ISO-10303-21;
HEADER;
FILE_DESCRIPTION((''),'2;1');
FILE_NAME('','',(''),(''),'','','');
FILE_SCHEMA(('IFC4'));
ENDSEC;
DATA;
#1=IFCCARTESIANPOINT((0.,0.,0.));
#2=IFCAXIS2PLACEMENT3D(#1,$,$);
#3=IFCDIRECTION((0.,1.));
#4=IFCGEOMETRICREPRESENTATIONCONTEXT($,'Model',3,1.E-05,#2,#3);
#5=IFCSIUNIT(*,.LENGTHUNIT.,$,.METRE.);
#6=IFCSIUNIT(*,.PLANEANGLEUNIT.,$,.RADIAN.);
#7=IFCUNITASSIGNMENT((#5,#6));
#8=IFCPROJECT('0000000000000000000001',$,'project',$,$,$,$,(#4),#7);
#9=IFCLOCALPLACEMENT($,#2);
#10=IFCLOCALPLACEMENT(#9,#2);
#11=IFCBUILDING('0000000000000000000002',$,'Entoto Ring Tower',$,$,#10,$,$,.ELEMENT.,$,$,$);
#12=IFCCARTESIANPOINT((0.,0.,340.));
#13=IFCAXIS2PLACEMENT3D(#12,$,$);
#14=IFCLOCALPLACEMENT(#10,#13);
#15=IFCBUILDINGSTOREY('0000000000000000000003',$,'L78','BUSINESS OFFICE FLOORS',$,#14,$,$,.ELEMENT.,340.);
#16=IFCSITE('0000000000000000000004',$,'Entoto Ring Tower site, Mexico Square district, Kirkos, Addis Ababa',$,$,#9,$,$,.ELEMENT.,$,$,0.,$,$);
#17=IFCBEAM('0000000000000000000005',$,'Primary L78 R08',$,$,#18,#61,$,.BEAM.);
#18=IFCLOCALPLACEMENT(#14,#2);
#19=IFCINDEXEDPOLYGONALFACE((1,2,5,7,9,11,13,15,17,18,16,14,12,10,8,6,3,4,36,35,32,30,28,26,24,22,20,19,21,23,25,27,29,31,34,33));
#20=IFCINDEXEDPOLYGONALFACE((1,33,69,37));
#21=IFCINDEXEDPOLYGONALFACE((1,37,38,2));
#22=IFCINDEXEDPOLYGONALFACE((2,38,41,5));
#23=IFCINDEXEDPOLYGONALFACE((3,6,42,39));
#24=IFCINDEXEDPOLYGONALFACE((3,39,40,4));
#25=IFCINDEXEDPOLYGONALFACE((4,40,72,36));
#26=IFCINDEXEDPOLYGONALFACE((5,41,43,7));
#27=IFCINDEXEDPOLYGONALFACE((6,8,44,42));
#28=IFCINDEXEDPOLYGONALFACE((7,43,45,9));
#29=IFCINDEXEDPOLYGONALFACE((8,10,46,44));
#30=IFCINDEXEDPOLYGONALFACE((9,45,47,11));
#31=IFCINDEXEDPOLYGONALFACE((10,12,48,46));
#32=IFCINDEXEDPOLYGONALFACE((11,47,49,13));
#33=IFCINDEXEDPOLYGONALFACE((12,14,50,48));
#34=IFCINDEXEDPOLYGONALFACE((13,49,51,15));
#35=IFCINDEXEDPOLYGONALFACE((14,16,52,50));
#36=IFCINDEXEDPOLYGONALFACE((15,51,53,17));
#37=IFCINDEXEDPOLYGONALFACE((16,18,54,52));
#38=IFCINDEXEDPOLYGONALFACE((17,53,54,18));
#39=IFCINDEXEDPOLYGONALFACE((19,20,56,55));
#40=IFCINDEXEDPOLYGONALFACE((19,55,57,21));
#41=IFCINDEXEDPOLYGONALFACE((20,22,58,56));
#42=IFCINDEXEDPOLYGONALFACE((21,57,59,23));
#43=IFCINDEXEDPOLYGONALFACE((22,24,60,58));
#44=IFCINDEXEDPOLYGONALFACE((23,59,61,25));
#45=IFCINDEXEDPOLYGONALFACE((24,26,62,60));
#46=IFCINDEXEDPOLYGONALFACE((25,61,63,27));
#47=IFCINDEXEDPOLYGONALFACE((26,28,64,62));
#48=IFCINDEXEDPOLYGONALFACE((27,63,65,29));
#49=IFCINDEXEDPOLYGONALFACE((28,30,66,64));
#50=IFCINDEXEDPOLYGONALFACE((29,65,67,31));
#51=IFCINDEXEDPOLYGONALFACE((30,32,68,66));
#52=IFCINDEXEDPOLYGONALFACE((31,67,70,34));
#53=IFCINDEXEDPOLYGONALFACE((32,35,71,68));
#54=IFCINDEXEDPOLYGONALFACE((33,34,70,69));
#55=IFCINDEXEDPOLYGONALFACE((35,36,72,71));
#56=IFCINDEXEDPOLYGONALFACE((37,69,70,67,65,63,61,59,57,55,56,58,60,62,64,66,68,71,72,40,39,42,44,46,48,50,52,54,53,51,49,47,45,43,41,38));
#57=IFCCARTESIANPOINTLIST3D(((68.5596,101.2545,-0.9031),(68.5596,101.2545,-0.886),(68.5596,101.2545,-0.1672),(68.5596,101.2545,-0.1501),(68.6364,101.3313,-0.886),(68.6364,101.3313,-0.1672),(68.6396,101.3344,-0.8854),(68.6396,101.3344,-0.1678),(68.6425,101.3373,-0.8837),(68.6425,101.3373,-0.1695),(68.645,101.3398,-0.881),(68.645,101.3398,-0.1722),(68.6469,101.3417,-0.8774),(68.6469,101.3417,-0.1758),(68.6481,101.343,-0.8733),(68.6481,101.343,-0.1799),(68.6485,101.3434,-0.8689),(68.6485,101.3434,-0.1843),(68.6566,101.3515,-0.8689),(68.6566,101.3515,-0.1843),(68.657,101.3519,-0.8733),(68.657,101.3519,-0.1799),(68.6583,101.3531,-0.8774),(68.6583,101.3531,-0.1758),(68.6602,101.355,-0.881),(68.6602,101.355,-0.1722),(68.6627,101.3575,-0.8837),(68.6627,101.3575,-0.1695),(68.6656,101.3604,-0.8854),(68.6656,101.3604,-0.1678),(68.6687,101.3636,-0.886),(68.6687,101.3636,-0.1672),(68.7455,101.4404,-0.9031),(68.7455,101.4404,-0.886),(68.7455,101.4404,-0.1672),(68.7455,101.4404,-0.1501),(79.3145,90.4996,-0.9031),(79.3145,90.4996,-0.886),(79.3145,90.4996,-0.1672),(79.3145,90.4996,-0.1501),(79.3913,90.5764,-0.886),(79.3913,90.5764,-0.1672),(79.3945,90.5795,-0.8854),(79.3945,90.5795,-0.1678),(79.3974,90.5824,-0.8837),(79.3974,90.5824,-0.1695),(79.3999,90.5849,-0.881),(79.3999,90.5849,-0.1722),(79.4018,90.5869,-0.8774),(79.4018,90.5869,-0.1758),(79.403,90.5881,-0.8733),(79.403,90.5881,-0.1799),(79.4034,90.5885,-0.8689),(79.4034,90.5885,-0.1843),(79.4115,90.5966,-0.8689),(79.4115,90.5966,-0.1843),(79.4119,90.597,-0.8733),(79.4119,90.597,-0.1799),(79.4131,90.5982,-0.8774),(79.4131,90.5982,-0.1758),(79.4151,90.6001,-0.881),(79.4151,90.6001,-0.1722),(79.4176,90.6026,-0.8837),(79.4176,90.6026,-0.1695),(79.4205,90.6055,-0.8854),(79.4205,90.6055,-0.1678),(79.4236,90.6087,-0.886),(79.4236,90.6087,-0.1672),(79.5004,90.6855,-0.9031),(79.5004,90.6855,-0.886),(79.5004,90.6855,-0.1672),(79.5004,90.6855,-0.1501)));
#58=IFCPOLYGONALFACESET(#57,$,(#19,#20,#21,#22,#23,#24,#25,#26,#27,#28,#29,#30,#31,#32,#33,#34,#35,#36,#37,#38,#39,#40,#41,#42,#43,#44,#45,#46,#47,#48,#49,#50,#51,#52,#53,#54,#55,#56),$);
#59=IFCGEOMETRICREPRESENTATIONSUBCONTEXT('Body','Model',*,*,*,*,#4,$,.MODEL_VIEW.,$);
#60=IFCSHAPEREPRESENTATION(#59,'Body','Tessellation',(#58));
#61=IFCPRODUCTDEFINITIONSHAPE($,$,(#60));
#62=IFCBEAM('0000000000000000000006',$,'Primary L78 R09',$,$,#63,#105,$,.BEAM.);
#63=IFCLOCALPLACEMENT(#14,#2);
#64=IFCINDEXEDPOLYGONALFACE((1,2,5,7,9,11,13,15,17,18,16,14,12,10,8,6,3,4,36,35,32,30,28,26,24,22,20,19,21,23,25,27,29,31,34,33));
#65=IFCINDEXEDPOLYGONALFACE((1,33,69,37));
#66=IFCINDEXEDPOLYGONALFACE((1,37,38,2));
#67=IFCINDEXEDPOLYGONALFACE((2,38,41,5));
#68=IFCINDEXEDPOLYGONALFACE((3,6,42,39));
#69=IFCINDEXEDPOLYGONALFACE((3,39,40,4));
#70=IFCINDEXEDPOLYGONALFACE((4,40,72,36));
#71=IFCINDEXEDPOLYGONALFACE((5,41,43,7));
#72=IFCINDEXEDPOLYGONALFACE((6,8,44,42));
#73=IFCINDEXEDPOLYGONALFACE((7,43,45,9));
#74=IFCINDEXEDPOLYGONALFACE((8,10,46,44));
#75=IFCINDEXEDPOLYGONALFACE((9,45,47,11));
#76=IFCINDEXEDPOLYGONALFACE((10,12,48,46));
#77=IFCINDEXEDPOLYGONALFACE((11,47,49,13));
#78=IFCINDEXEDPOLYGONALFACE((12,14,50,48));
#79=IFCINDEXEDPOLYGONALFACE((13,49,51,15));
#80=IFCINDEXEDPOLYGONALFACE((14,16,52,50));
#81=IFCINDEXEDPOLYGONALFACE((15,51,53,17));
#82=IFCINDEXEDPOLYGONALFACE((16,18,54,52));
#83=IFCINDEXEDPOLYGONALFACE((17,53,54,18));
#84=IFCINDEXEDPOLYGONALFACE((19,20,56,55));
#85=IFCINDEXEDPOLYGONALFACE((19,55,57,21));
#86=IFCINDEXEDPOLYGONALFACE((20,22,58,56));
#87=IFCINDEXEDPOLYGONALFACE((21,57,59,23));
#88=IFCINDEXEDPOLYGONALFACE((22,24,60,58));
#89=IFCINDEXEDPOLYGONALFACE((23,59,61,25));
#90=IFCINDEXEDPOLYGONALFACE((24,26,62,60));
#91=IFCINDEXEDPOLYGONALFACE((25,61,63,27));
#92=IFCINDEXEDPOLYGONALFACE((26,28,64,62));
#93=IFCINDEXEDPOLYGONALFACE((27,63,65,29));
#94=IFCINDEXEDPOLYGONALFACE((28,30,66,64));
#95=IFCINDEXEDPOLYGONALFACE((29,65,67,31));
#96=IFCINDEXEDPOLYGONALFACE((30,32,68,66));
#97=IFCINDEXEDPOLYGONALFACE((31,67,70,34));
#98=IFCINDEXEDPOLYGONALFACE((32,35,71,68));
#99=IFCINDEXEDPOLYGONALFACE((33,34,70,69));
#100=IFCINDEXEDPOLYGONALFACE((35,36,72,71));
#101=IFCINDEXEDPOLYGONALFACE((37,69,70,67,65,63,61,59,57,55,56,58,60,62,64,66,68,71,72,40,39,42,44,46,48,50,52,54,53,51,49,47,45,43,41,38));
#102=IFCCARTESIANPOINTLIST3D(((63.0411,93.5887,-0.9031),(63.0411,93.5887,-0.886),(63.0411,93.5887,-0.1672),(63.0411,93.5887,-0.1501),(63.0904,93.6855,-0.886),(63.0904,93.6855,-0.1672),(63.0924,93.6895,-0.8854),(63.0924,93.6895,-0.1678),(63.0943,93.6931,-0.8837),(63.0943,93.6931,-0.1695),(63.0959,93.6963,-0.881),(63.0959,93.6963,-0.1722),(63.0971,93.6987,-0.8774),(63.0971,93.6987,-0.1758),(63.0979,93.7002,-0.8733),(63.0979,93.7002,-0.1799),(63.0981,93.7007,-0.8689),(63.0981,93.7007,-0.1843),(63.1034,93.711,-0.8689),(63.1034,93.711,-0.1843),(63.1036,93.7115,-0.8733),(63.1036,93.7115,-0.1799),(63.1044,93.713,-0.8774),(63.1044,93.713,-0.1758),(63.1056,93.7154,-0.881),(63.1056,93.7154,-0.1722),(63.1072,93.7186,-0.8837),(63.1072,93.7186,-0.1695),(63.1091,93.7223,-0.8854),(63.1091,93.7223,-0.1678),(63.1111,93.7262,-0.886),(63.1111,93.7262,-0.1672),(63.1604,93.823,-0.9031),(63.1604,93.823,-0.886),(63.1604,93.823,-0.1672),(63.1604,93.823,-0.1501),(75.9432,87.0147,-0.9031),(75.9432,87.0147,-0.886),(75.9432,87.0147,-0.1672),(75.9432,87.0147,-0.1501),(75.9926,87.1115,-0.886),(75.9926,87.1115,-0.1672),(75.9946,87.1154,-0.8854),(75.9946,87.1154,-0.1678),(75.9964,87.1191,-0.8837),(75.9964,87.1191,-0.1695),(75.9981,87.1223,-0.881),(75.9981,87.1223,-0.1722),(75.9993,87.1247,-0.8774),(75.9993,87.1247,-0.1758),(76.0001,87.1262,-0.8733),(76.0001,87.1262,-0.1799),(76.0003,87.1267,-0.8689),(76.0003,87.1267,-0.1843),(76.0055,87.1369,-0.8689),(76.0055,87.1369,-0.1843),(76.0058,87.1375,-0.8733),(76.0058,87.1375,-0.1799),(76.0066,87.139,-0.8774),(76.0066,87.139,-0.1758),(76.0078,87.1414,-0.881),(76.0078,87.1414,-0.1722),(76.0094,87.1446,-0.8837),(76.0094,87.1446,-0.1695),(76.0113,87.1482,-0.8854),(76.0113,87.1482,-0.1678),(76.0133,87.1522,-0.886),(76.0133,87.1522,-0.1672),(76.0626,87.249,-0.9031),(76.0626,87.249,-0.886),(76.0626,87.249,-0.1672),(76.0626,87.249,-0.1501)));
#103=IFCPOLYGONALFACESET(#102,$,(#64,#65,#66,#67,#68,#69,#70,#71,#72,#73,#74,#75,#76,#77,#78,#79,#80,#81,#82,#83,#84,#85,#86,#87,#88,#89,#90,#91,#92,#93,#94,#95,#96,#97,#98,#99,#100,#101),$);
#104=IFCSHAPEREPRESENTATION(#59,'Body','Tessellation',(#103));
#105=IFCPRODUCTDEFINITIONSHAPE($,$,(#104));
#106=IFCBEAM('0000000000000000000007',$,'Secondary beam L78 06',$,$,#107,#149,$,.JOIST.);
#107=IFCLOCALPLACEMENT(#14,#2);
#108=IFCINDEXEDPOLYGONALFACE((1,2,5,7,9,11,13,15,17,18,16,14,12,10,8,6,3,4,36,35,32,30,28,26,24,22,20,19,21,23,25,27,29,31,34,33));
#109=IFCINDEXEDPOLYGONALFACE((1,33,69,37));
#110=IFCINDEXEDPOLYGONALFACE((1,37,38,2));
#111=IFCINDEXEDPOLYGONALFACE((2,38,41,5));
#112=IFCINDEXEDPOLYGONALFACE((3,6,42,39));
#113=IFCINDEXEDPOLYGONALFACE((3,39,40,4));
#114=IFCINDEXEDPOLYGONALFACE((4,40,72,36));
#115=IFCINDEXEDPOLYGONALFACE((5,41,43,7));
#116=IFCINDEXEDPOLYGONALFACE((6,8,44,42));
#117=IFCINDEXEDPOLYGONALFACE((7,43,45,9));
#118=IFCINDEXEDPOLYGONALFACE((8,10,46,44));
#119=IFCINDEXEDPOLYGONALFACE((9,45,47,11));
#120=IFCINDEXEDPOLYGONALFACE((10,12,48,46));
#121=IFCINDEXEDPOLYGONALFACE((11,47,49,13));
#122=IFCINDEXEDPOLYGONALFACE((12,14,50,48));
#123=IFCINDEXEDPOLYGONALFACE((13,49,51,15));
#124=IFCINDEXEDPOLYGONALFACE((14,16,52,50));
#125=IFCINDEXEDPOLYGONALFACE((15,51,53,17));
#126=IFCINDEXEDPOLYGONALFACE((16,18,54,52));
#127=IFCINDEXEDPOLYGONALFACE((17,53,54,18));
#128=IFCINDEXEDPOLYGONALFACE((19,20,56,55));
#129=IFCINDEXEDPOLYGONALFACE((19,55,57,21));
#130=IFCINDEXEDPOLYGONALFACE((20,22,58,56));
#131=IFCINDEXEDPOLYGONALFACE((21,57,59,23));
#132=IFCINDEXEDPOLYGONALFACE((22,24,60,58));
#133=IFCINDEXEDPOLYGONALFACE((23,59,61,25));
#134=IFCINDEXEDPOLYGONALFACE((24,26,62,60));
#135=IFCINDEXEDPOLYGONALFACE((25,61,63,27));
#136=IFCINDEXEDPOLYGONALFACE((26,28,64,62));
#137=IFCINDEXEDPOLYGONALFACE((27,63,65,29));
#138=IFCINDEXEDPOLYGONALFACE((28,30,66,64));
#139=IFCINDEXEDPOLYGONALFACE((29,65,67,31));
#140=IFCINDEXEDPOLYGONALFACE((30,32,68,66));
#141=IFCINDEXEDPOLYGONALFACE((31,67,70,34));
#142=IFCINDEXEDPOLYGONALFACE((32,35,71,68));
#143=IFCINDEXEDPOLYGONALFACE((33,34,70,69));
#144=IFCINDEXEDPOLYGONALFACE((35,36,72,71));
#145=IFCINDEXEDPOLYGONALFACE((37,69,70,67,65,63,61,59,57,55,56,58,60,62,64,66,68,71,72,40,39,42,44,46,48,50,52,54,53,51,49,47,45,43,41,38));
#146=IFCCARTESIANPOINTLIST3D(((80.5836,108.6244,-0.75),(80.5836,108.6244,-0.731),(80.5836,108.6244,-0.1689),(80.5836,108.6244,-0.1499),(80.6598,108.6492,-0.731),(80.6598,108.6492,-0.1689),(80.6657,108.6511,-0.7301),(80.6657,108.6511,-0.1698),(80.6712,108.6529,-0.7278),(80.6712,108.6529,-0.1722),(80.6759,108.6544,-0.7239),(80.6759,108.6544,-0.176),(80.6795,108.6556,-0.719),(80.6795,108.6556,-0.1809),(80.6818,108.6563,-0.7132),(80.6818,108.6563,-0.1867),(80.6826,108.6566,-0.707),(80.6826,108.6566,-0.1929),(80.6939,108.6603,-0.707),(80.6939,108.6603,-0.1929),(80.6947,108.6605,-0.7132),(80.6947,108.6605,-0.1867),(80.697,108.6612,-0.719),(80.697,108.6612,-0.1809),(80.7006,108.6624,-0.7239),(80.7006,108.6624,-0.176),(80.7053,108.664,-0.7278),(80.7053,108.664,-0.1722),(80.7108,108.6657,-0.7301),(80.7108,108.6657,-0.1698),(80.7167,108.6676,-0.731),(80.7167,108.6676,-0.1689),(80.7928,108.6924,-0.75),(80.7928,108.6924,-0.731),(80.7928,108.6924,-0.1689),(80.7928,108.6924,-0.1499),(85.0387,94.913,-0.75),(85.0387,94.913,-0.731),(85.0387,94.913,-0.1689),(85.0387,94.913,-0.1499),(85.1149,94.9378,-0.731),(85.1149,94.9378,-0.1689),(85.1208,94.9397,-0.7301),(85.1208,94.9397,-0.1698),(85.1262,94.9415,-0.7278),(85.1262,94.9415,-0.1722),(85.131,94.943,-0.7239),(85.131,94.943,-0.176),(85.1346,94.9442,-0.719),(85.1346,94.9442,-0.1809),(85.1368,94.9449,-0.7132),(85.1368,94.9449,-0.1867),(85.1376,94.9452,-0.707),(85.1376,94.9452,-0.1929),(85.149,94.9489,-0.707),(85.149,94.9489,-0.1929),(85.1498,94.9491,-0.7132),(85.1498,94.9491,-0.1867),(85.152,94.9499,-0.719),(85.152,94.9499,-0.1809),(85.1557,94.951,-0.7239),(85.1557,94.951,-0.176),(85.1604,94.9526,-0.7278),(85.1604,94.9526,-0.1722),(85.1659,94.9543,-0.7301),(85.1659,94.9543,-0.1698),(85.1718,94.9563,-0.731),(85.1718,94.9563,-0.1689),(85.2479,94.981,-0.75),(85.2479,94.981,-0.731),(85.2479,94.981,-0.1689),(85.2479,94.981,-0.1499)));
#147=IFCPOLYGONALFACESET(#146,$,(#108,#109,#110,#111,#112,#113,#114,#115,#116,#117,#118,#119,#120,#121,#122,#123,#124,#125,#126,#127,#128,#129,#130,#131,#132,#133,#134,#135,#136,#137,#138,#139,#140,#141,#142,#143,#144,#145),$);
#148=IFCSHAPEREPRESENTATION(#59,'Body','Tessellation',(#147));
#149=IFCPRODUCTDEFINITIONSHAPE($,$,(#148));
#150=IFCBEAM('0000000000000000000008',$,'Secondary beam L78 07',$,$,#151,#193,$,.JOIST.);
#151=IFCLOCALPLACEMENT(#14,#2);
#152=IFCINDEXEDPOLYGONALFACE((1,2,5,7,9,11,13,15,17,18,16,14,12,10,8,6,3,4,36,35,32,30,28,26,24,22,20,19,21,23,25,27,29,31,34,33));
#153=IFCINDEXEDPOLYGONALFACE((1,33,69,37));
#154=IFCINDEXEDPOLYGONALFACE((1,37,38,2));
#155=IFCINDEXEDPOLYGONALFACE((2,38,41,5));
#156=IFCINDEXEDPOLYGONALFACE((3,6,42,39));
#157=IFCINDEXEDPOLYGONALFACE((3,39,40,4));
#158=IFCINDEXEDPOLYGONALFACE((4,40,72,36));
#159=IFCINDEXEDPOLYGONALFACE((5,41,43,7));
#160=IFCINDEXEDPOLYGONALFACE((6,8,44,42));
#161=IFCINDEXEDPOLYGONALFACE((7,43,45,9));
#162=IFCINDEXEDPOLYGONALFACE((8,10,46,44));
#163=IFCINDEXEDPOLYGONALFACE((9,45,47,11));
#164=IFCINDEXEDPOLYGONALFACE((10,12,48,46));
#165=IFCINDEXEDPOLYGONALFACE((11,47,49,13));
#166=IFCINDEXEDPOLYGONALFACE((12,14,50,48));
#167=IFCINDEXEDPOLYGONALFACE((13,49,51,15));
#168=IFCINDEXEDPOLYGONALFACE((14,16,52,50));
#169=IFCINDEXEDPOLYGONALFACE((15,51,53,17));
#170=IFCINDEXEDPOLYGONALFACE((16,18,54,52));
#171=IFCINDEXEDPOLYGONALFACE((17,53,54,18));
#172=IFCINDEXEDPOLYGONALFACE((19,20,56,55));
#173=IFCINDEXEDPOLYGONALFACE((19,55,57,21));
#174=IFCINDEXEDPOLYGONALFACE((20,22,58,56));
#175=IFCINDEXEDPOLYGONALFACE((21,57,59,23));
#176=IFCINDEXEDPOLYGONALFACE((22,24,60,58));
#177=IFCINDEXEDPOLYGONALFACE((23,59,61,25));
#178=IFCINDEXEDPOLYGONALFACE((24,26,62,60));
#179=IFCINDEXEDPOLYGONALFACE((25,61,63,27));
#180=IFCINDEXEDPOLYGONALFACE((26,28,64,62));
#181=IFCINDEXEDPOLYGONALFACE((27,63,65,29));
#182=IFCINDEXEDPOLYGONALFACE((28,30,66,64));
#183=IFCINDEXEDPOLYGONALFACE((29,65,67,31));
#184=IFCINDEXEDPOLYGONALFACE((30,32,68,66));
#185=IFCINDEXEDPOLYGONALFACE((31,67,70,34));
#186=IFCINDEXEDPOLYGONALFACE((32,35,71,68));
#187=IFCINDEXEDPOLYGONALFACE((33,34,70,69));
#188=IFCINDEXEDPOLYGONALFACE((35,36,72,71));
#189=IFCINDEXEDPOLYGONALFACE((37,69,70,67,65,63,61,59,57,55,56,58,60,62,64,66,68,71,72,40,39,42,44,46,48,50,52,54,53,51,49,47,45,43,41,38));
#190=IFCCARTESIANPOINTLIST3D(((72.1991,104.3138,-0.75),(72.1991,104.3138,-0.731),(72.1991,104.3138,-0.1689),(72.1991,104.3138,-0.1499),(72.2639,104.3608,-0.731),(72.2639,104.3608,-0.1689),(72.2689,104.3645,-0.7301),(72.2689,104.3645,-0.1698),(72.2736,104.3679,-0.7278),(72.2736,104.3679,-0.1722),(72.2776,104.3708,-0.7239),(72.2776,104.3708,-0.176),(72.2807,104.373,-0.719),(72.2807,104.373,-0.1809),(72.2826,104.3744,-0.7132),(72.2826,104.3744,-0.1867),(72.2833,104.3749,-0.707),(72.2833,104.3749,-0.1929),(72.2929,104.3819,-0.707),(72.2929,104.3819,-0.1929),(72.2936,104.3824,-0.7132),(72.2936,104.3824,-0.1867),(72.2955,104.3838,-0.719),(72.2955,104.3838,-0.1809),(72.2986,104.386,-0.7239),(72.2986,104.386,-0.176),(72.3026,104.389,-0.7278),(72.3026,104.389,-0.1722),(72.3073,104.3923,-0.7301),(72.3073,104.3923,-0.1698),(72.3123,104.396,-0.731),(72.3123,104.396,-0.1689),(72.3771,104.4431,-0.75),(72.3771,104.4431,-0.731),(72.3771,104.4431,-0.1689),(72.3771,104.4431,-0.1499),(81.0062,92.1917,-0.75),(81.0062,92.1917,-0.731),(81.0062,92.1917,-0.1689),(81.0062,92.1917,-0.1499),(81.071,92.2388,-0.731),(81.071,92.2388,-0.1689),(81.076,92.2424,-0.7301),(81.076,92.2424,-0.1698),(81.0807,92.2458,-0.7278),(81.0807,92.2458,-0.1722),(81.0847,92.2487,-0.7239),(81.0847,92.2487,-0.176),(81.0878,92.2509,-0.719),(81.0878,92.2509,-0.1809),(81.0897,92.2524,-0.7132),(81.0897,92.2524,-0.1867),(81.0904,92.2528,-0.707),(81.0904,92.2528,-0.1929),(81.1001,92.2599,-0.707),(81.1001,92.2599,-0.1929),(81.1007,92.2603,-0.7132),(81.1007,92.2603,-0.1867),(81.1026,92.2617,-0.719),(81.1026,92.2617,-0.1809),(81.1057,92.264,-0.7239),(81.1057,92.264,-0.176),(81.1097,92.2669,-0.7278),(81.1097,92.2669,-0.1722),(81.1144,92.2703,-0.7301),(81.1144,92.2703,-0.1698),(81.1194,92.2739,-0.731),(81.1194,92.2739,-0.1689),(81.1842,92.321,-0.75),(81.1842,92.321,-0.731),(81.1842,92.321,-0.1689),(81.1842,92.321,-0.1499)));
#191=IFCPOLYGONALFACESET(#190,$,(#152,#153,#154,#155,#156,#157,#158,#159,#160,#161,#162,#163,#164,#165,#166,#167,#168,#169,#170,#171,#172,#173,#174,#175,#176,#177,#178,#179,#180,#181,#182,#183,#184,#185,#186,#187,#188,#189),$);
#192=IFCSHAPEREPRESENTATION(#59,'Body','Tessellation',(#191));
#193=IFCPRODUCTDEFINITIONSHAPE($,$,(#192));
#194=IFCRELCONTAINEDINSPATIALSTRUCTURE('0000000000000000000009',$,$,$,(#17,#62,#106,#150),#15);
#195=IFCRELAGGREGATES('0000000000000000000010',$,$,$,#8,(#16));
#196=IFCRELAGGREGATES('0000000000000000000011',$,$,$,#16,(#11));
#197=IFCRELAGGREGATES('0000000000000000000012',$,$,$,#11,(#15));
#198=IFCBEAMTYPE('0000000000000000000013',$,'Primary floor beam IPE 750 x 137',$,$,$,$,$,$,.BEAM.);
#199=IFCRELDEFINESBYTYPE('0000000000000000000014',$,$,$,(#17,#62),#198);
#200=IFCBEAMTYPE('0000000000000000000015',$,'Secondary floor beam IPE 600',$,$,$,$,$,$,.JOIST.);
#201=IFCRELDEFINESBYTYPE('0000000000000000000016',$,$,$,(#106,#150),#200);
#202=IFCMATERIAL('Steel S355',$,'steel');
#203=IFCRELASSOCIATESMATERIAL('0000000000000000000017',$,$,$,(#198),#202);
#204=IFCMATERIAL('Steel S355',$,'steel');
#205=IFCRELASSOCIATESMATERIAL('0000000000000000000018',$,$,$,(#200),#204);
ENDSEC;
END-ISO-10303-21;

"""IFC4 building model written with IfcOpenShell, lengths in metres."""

from ifc_helpers import new_model, si_unit, direction, frame, origin, origin_2d, place, context, subcontext, project, spatial, i_section, extrude, material, material_profile, profile_set, type_object, element, save


model = new_model("IFC4")

# Units and contexts
model_context = context("Model", 3, precision=1e-05, world=origin(), true_north=direction((0.0, 1.0)))
body_context = subcontext(model_context, "Body", "Model", "MODEL_VIEW")
ifc_project = project(units=[si_unit("LENGTHUNIT", "METRE"), si_unit("PLANEANGLEUNIT", "RADIAN")], contexts=[model_context])

# Site, building, storey
site_placement = place(None, origin())
site = spatial("IfcSite", under=ifc_project, at=site_placement, Name="Entoto Ring Tower site, Mexico Square district, Kirkos, Addis Ababa", CompositionType="ELEMENT", RefElevation=0.0)
building_placement = place(site_placement, origin())
building = spatial("IfcBuilding", under=site, at=building_placement, Name="Entoto Ring Tower", CompositionType="ELEMENT")
storey_placement = place(building_placement, frame((0.0, 0.0, 340.0)))
storey = spatial("IfcBuildingStorey", under=building, at=storey_placement, Name="L78", Description="BUSINESS OFFICE FLOORS", CompositionType="ELEMENT", Elevation=340.0)

# Beams
ifc_material_1 = material(Name="Steel S355", Category="steel")
ifc_material_profile_1 = material_profile(ifc_material_1, i_section(OverallWidth=0.2629, OverallDepth=0.7529, WebThickness=0.0115, FlangeThickness=0.0171, FilletRadius=0.0171, at=origin_2d()), Name="IPE 750 x 137")
ifc_profile_set_1 = profile_set([ifc_material_profile_1], Name="Steel S355")
beam_type_1 = type_object("IfcBeamType", Name="Primary floor beam IPE 750 x 137", PredefinedType="BEAM", material=ifc_profile_set_1)
beam_1_placement = place(storey_placement, frame((79.4075, 90.5925, -0.5266), z_axis=(-0.707107, 0.707107, 0.0), x_axis=(-0.707107, -0.707107, 0.0)))
element("IfcBeam", 1, at=beam_1_placement, inside=storey, type_object=beam_type_1, Name="Primary L78 R08", PredefinedType="BEAM", context=body_context, shape_type="SweptSolid", body=[
    extrude(i_section(OverallWidth=0.2629, OverallDepth=0.7529, WebThickness=0.0115, FlangeThickness=0.0171, FilletRadius=0.0171, at=origin_2d()), origin(), (0.0, 0.0, 1.0), 15.2097),
])
beam_2_placement = place(storey_placement, frame((76.0029, 87.1318, -0.5266), z_axis=(-0.891006, 0.453992, 0.0), x_axis=(-0.453992, -0.891006, 0.0)))
element("IfcBeam", 2, at=beam_2_placement, inside=storey, type_object=beam_type_1, Name="Primary L78 R09", PredefinedType="BEAM", context=body_context, shape_type="SweptSolid", body=[
    extrude(i_section(OverallWidth=0.2629, OverallDepth=0.7529, WebThickness=0.0115, FlangeThickness=0.0171, FilletRadius=0.0171, at=origin_2d()), origin(), (0.0, 0.0, 1.0), 14.4805),
])
ifc_material_2 = material(Name="Steel S355", Category="steel")
ifc_material_profile_2 = material_profile(ifc_material_2, i_section(OverallWidth=0.22, OverallDepth=0.6001, WebThickness=0.012, FlangeThickness=0.019, FilletRadius=0.0239, at=origin_2d()), Name="IPE 600")
ifc_profile_set_2 = profile_set([ifc_material_profile_2], Name="Steel S355")
beam_type_2 = type_object("IfcBeamType", Name="Secondary floor beam IPE 600", PredefinedType="JOIST", material=ifc_profile_set_2)
beam_3_placement = place(storey_placement, frame((85.1433, 94.947, -0.45), z_axis=(-0.309015, 0.951057, 0.0), x_axis=(-0.951057, -0.309015, 0.0)))
element("IfcBeam", 3, at=beam_3_placement, inside=storey, type_object=beam_type_2, Name="Secondary beam L78 06", PredefinedType="JOIST", context=body_context, shape_type="SweptSolid", body=[
    extrude(i_section(OverallWidth=0.22, OverallDepth=0.6001, WebThickness=0.012, FlangeThickness=0.019, FilletRadius=0.0239, at=origin_2d()), origin(), (0.0, 0.0, 1.0), 14.417),
])
for number, where, z_axis, x_axis, name in (
    (4, (81.0952, 92.2563, -0.45), (-0.587782, 0.809019, 0.0), (-0.809019, -0.587782, 0.0), "Secondary beam L78 07"),
):
    element("IfcBeam", number, at=place(storey_placement, frame(where, z_axis=z_axis, x_axis=x_axis)), inside=storey, type_object=beam_type_2, Name=name, PredefinedType="JOIST", context=body_context, shape_type="SweptSolid", body=[
        extrude(i_section(OverallWidth=0.22, OverallDepth=0.6001, WebThickness=0.012, FlangeThickness=0.019, FilletRadius=0.0239, at=origin_2d()), origin(), (0.0, 0.0, 1.0), 14.9836),
    ])

save(model, "model.ifc")
